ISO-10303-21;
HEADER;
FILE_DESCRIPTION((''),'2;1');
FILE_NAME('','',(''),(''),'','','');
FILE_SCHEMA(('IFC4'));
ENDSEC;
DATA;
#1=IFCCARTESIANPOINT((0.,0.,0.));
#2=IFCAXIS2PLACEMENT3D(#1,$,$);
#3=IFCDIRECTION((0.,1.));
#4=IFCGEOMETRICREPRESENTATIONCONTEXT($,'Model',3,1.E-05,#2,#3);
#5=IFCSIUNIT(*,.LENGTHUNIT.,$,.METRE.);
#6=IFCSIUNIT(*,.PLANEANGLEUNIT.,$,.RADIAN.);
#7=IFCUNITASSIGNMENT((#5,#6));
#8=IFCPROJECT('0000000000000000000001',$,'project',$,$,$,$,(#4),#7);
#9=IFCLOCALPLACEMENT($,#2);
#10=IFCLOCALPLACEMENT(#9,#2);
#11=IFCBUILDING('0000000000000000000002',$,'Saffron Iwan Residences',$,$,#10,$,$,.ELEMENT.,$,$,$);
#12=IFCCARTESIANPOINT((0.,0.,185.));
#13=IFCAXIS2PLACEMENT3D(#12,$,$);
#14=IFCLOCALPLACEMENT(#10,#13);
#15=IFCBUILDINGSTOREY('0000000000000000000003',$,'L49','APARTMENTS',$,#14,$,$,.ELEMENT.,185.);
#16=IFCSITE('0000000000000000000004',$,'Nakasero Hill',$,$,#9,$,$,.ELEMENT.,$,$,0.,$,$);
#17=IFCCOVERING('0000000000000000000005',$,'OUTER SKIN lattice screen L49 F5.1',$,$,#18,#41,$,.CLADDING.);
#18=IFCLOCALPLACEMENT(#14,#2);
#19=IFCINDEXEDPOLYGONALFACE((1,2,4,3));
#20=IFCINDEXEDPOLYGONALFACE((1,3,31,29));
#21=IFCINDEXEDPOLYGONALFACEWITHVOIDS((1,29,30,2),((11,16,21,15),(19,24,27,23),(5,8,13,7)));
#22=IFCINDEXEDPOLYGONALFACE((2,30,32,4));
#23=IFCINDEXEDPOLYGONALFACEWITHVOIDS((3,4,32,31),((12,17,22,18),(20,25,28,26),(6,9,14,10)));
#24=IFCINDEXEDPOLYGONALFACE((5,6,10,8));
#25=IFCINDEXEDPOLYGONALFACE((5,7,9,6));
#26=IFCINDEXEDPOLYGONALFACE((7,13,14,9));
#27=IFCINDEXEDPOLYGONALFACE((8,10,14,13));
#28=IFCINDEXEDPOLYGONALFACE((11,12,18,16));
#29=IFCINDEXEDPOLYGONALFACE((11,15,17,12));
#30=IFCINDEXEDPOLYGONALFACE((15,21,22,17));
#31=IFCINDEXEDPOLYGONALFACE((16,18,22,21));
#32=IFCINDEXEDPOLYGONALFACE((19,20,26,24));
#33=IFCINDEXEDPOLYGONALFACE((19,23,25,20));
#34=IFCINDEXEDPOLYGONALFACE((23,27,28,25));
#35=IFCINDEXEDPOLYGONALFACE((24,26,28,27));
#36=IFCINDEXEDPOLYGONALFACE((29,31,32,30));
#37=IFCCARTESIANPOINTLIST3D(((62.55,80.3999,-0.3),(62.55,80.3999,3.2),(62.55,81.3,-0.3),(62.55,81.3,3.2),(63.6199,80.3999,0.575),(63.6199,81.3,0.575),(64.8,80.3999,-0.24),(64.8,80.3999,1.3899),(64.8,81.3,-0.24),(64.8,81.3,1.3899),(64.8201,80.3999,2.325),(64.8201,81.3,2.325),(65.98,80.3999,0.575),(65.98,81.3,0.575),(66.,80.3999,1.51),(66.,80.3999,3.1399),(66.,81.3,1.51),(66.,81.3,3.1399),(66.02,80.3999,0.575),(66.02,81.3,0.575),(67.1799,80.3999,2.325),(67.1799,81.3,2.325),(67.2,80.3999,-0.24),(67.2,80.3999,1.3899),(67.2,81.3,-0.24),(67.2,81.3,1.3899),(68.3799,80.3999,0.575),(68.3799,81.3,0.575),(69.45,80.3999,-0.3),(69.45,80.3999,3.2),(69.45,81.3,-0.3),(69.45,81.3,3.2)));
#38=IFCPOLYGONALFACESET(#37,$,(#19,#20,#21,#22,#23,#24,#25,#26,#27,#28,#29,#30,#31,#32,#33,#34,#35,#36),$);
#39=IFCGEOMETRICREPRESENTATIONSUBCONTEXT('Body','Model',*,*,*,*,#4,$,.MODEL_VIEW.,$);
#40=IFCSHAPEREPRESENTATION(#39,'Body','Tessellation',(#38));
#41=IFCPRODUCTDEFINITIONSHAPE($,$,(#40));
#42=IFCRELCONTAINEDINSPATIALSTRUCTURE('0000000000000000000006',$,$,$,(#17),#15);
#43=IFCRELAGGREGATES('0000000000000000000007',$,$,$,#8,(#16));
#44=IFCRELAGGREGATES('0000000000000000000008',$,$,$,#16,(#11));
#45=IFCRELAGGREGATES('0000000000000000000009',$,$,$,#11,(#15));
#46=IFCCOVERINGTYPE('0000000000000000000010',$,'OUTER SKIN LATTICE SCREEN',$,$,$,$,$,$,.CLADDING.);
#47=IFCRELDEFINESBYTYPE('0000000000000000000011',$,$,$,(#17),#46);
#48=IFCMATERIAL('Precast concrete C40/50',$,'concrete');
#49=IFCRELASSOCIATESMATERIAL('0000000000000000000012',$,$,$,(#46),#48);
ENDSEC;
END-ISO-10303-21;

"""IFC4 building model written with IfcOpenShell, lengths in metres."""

from ifc_helpers import new_model, si_unit, direction, frame, origin, place, context, subcontext, project, spatial, polyline, outline, extrude, material, type_object, element, save


model = new_model("IFC4")

# Units and contexts
model_context = context("Model", 3, precision=1e-05, world=origin(), true_north=direction((0.0, 1.0)))
body_context = subcontext(model_context, "Body", "Model", "MODEL_VIEW")
ifc_project = project(units=[si_unit("LENGTHUNIT", "METRE"), si_unit("PLANEANGLEUNIT", "RADIAN")], contexts=[model_context])

# Site, building, storey
site_placement = place(None, origin())
site = spatial("IfcSite", under=ifc_project, at=site_placement, Name="Nakasero Hill", CompositionType="ELEMENT", RefElevation=0.0)
building_placement = place(site_placement, origin())
building = spatial("IfcBuilding", under=site, at=building_placement, Name="Saffron Iwan Residences", CompositionType="ELEMENT")
storey_placement = place(building_placement, frame((0.0, 0.0, 185.0)))
storey = spatial("IfcBuildingStorey", under=building, at=storey_placement, Name="L49", Description="APARTMENTS", CompositionType="ELEMENT", Elevation=185.0)

# Covering
ifc_material_1 = material(Name="Precast concrete C40/50", Category="concrete")
covering_type = type_object("IfcCoveringType", Name="OUTER SKIN LATTICE SCREEN", PredefinedType="CLADDING", material=ifc_material_1)
covering_placement = place(storey_placement, frame((69.45, 80.3999, -0.3), z_axis=(0.0, 1.0, 0.0), x_axis=(-1.0, 0.0, 0.0)))
element("IfcCovering", 1, at=covering_placement, inside=storey, type_object=covering_type, Name="OUTER SKIN lattice screen L49 F5.1", PredefinedType="CLADDING", context=body_context, shape_type="SweptSolid", body=[
    extrude(outline(polyline([(0.0, 0.0), (6.8999, 0.0), (6.8999, 3.5), (0.0, 3.5), (0.0, 0.0)]), holes=[polyline([(1.0701, 0.875), (2.25, 0.0601), (3.4299, 0.875), (2.25, 1.6899), (1.0701, 0.875)]), polyline([(3.47, 0.875), (4.6499, 0.0601), (5.8301, 0.875), (4.6499, 1.6899), (3.47, 0.875)]), polyline([(2.27, 2.625), (3.45, 1.8101), (4.6299, 2.625), (3.45, 3.4399), (2.27, 2.625)])]), origin(), (0.0, 0.0, 1.0), 0.9001),
])

save(model, "model.ifc")
